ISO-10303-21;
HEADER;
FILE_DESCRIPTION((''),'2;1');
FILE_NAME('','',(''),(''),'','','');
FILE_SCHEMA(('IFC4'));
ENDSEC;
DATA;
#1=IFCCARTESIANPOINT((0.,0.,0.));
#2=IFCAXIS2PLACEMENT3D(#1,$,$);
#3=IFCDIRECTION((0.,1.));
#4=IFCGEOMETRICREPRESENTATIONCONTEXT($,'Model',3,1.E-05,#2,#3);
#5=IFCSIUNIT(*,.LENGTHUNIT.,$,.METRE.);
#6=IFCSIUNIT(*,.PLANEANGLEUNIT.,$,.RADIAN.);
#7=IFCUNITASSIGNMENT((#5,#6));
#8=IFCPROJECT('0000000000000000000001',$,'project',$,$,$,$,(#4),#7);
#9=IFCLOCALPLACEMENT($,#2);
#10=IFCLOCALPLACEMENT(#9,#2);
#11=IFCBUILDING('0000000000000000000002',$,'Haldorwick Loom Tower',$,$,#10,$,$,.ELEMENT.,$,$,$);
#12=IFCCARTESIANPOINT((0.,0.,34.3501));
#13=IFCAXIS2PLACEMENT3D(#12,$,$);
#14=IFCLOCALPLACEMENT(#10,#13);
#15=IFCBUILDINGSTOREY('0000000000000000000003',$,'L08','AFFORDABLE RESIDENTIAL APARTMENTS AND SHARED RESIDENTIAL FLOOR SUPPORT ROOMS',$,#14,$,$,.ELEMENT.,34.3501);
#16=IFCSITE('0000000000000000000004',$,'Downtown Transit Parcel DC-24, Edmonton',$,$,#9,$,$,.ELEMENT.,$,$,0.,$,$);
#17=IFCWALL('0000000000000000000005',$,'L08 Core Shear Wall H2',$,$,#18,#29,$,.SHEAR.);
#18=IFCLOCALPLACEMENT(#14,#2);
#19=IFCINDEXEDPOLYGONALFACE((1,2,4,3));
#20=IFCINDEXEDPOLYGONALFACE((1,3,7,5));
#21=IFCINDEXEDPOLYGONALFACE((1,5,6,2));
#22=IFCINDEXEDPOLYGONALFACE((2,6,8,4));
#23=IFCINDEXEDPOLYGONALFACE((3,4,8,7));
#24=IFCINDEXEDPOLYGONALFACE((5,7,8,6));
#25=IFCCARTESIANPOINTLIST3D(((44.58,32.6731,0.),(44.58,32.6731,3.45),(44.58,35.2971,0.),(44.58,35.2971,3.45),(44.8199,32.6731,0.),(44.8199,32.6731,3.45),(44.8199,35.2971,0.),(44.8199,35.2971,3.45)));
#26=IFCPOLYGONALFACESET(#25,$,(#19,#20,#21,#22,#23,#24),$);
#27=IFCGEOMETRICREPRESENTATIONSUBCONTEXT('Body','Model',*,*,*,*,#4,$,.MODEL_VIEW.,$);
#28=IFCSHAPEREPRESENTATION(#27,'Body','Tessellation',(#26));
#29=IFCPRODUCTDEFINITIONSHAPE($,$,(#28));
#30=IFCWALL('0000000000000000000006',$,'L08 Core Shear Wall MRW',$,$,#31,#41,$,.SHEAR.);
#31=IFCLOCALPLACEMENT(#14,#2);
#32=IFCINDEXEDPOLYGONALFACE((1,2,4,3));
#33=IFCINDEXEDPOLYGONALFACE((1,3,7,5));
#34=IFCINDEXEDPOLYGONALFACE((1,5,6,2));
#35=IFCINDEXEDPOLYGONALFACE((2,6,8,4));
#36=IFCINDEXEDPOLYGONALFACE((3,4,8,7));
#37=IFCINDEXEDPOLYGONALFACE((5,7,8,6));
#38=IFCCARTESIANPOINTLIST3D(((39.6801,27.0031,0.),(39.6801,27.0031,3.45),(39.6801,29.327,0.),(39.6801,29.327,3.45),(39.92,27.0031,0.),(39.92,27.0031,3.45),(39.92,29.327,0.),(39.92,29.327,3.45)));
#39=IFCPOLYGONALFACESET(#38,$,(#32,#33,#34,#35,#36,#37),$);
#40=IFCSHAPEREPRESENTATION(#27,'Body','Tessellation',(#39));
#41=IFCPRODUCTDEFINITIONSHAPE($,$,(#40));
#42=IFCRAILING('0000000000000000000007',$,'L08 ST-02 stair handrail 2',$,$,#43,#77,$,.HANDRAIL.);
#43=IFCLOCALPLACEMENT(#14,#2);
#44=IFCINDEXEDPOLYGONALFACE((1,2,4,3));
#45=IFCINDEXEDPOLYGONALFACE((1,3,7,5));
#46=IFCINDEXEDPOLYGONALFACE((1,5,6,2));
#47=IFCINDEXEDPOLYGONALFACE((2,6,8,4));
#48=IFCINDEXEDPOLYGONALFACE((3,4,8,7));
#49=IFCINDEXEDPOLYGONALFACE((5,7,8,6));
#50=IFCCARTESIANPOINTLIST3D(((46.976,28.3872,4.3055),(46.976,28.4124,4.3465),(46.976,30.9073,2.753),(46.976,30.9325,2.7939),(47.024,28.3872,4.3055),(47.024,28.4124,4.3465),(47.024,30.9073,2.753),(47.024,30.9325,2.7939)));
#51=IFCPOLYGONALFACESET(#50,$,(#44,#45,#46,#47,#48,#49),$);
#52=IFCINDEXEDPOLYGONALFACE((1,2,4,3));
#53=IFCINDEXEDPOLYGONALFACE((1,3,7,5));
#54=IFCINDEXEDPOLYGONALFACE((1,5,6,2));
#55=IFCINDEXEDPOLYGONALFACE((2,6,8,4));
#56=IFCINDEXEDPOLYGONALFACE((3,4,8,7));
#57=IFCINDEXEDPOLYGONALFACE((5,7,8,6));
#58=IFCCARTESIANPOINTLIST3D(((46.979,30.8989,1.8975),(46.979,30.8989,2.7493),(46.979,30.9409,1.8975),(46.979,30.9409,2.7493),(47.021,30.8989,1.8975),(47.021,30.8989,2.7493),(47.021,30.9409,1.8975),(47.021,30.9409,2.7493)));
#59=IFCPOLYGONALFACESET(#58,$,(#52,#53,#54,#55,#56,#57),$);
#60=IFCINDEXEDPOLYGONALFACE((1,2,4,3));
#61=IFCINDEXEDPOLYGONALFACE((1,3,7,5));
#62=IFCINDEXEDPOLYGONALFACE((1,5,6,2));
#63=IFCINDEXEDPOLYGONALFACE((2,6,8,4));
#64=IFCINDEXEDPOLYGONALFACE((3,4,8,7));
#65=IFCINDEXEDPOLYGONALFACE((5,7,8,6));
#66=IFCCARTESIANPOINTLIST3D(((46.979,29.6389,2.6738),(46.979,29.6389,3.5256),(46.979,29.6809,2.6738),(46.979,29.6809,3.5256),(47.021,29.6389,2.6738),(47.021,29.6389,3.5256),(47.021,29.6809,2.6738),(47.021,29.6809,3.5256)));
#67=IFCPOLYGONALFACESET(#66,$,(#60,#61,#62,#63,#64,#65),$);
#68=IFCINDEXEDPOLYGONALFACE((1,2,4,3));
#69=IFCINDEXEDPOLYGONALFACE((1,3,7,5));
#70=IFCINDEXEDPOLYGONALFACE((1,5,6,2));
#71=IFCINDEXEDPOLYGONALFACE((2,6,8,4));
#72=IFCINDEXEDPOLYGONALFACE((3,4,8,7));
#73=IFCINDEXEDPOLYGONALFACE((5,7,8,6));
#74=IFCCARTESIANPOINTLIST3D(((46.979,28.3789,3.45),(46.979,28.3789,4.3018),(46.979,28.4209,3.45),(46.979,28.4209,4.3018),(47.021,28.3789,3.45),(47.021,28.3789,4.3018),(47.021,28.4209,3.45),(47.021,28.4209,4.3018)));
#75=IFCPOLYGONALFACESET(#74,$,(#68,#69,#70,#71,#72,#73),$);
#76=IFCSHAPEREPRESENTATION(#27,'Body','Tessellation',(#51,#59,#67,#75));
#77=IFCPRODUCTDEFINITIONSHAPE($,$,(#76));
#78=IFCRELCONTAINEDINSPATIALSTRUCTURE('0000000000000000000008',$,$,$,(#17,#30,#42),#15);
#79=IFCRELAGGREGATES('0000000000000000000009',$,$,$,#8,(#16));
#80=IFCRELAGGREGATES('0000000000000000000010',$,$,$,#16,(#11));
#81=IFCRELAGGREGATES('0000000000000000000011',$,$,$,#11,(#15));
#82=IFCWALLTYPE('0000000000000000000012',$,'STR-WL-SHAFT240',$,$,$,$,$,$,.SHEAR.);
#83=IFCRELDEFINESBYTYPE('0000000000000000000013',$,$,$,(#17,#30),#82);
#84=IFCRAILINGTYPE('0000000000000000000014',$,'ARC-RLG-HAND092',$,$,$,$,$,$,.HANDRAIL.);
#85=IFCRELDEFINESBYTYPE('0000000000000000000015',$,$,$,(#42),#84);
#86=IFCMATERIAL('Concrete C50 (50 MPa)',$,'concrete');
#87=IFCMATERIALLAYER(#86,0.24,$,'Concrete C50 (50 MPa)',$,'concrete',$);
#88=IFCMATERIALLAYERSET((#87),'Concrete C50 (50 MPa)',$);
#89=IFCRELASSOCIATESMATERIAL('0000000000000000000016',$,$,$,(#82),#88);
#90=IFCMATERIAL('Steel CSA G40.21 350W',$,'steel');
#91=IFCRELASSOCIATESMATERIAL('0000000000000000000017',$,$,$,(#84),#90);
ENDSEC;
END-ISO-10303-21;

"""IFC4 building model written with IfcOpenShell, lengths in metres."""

from ifc_helpers import new_model, si_unit, direction, frame, frame_2d, origin, origin_2d, place, context, subcontext, project, spatial, rectangle, extrude, material, layer, layer_set, type_object, element, save


model = new_model("IFC4")

# Units and contexts
model_context = context("Model", 3, precision=1e-05, world=origin(), true_north=direction((0.0, 1.0)))
body_context = subcontext(model_context, "Body", "Model", "MODEL_VIEW")
ifc_project = project(units=[si_unit("LENGTHUNIT", "METRE"), si_unit("PLANEANGLEUNIT", "RADIAN")], contexts=[model_context])

# Site, building, storey
site_placement = place(None, origin())
site = spatial("IfcSite", under=ifc_project, at=site_placement, Name="Downtown Transit Parcel DC-24, Edmonton", CompositionType="ELEMENT", RefElevation=0.0)
building_placement = place(site_placement, origin())
building = spatial("IfcBuilding", under=site, at=building_placement, Name="Haldorwick Loom Tower", CompositionType="ELEMENT")
storey_placement = place(building_placement, frame((0.0, 0.0, 34.3501)))
storey = spatial("IfcBuildingStorey", under=building, at=storey_placement, Name="L08", Description="AFFORDABLE RESIDENTIAL APARTMENTS AND SHARED RESIDENTIAL FLOOR SUPPORT ROOMS", CompositionType="ELEMENT", Elevation=34.3501)

# Shared definitions
ifc_material_1 = material(Name="Steel CSA G40.21 350W", Category="steel")

# Shared definitions
ifc_material_2 = material(Name="Concrete C50 (50 MPa)", Category="concrete")
ifc_layer_1 = layer(ifc_material_2, 0.24, Name="Concrete C50 (50 MPa)", Category="concrete")
ifc_layer_set_1 = layer_set([ifc_layer_1], Name="Concrete C50 (50 MPa)")
wall_type_1 = type_object("IfcWallType", Name="STR-WL-SHAFT240", PredefinedType="SHEAR", material=ifc_layer_set_1)

# Walls
for number, where, z_axis, x_axis, name in (
    (1, (44.7, 32.6731, 0.0), (0.0, 0.0, 1.0), (0.0, 1.0, 0.0), "L08 Core Shear Wall H2"),
):
    element("IfcWall", number, at=place(storey_placement, frame(where, z_axis=z_axis, x_axis=x_axis)), inside=storey, type_object=wall_type_1, Name=name, PredefinedType="SHEAR", context=body_context, shape_type="SweptSolid", body=[
        extrude(rectangle(XDim=2.624, YDim=0.24, at=frame_2d((1.312, 0.0))), origin(), (0.0, 0.0, 1.0), 3.45),
    ])
wall_1_placement = place(storey_placement, frame((39.8, 27.0029, 0.0), z_axis=(0.0, 0.0, 1.0), x_axis=(0.0, 1.0, 0.0)))
element("IfcWall", 2, at=wall_1_placement, inside=storey, type_object=wall_type_1, Name="L08 Core Shear Wall MRW", PredefinedType="SHEAR", context=body_context, shape_type="SweptSolid", body=[
    extrude(rectangle(XDim=2.324, YDim=0.24, at=frame_2d((1.1621, 0.0))), origin(), (0.0, 0.0, 1.0), 3.45),
])

# Railing
railing_type = type_object("IfcRailingType", Name="ARC-RLG-HAND092", PredefinedType="HANDRAIL", material=ifc_material_1)
railing_placement = place(storey_placement, frame((47.0, 30.9199, 1.8975)))
element("IfcRailing", 3, at=railing_placement, inside=storey, type_object=railing_type, Name="L08 ST-02 stair handrail 2", PredefinedType="HANDRAIL", context=body_context, shape_type="SweptSolid", body=[
    extrude(rectangle(XDim=0.0481, YDim=0.0481, at=origin_2d()), frame((0.0, 0.0, 0.876), z_axis=(0.0, -0.8514, 0.524516), x_axis=(1.0, 0.0, 0.0)), (0.0, 0.0, 1.0), 2.96),
    extrude(rectangle(XDim=0.042, YDim=0.042, at=origin_2d()), origin(), (0.0, 0.0, 1.0), 0.8518),
    extrude(rectangle(XDim=0.042, YDim=0.042, at=origin_2d()), frame((0.0, -1.26, 0.7764)), (0.0, 0.0, 1.0), 0.8518),
    extrude(rectangle(XDim=0.042, YDim=0.042, at=origin_2d()), frame((0.0, -2.52, 1.5525)), (0.0, 0.0, 1.0), 0.8518),
])

save(model, "model.ifc")
